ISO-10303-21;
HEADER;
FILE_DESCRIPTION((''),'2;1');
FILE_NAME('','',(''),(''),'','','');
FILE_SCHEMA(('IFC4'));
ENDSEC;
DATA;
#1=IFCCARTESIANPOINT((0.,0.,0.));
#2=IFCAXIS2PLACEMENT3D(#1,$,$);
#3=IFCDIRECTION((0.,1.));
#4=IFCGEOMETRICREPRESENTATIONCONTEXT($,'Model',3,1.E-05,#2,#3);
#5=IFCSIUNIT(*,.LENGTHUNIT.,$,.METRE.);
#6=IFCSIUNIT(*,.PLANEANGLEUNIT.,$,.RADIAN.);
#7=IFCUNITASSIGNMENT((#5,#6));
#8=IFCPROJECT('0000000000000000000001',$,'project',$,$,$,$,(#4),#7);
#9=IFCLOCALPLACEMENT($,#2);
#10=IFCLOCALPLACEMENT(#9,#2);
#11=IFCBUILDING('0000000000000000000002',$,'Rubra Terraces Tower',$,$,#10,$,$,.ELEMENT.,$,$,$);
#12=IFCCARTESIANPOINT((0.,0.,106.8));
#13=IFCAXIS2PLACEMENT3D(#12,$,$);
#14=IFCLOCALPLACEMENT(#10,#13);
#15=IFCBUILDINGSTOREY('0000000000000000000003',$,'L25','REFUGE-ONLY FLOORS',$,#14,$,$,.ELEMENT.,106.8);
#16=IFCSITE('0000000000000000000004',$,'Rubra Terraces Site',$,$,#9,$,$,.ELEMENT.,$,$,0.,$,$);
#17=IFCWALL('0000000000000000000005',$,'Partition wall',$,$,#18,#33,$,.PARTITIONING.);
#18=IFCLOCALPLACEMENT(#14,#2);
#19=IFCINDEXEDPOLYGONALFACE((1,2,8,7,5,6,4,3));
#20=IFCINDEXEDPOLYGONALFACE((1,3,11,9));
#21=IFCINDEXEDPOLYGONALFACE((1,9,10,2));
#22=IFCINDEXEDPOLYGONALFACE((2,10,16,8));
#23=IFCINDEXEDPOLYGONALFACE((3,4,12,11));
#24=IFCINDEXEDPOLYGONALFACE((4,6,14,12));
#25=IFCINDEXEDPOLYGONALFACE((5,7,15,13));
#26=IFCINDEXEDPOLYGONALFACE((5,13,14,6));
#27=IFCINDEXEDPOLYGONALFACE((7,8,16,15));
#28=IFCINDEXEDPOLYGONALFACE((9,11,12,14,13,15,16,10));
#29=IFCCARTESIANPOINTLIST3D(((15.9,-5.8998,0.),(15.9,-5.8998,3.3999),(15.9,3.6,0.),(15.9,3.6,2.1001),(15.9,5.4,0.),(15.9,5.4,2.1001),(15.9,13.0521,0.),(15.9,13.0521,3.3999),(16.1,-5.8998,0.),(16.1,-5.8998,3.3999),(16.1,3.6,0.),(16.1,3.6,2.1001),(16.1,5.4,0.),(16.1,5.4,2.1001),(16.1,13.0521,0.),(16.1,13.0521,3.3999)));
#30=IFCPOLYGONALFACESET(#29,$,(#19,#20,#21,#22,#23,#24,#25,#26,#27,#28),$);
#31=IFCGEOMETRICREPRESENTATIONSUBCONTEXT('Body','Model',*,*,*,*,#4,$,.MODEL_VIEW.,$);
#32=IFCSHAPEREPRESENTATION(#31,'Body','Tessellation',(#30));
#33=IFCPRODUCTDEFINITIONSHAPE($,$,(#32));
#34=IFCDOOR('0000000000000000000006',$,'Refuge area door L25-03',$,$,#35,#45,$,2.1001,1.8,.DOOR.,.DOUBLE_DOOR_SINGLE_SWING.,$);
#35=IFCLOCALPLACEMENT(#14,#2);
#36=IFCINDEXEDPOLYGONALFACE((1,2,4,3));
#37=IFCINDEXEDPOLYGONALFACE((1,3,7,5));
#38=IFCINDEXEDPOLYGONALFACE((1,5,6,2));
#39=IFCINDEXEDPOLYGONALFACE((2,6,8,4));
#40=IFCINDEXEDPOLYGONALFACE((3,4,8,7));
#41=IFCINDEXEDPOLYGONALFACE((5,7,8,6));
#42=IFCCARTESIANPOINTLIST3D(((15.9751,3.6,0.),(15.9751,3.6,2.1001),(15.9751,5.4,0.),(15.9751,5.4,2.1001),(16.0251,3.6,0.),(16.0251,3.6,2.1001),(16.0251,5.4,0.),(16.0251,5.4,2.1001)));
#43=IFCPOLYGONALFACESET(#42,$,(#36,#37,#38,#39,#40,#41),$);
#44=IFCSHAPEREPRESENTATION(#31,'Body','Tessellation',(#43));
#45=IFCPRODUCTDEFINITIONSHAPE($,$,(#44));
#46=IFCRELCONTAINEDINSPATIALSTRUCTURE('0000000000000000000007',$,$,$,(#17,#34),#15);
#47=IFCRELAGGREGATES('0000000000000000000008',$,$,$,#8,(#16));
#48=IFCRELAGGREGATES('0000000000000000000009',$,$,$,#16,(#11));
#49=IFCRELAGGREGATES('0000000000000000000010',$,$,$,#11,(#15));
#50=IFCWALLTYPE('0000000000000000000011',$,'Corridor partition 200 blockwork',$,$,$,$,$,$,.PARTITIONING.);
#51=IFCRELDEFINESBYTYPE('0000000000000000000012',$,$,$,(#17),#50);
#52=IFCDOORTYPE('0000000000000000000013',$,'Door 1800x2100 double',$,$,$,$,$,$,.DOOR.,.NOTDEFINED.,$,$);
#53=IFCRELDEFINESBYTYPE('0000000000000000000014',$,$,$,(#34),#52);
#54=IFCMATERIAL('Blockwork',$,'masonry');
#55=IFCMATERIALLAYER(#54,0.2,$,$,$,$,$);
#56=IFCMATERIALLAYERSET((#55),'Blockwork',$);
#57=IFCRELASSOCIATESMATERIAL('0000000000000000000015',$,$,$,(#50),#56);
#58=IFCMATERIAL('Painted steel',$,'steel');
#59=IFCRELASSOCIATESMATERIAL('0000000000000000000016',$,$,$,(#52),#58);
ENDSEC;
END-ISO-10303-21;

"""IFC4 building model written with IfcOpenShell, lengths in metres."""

from ifc_helpers import new_model, si_unit, direction, frame, frame_2d, origin, place, context, subcontext, project, spatial, rectangle, extrude, material, layer, layer_set, type_object, element, fill, save


model = new_model("IFC4")

# Units and contexts
model_context = context("Model", 3, precision=1e-05, world=origin(), true_north=direction((0.0, 1.0)))
body_context = subcontext(model_context, "Body", "Model", "MODEL_VIEW")
ifc_project = project(units=[si_unit("LENGTHUNIT", "METRE"), si_unit("PLANEANGLEUNIT", "RADIAN")], contexts=[model_context])

# Site, building, storey
site_placement = place(None, origin())
site = spatial("IfcSite", under=ifc_project, at=site_placement, Name="Rubra Terraces Site", CompositionType="ELEMENT", RefElevation=0.0)
building_placement = place(site_placement, origin())
building = spatial("IfcBuilding", under=site, at=building_placement, Name="Rubra Terraces Tower", CompositionType="ELEMENT")
storey_placement = place(building_placement, frame((0.0, 0.0, 106.8)))
storey = spatial("IfcBuildingStorey", under=building, at=storey_placement, Name="L25", Description="REFUGE-ONLY FLOORS", CompositionType="ELEMENT", Elevation=106.8)

# Shared definitions
ifc_material_1 = material(Name="Blockwork", Category="masonry")
ifc_layer_1 = layer(ifc_material_1, 0.2)
ifc_layer_set_1 = layer_set([ifc_layer_1], Name="Blockwork")
wall_type_1 = type_object("IfcWallType", Name="Corridor partition 200 blockwork", PredefinedType="PARTITIONING", material=ifc_layer_set_1)

# Wall, opening, door
wall_1_placement = place(storey_placement, frame((16.0, -5.8999, 0.0), z_axis=(0.0, 0.0, 1.0), x_axis=(0.0, 1.0, 0.0)))
wall_1 = element("IfcWall", 1, at=wall_1_placement, inside=storey, type_object=wall_type_1, Name="Partition wall", PredefinedType="PARTITIONING", context=body_context, shape_type="SweptSolid", body=[
    extrude(rectangle(XDim=18.9519, YDim=0.2, at=frame_2d((9.4761, 0.0))), origin(), (0.0, 0.0, 1.0), 3.3999),
])
opening_1_placement = place(wall_1_placement, frame((9.5, 0.0, 0.0)))
opening_1 = element("IfcOpeningElement", 2, at=opening_1_placement, cuts=wall_1, PredefinedType="OPENING", context=body_context, shape_type="SweptSolid", body=[
    extrude(rectangle(XDim=1.8, YDim=2.1001, at=frame_2d((0.8999, 1.05))), frame((0.0, 0.1099, 0.0), z_axis=(0.0, -1.0, 0.0), x_axis=(1.0, 0.0, 0.0)), (0.0, 0.0, 1.0), 0.22),
])
ifc_material_2 = material(Name="Painted steel", Category="steel")
door_type = type_object("IfcDoorType", Name="Door 1800x2100 double", OperationType="NOTDEFINED", PredefinedType="DOOR", material=ifc_material_2)
door_placement = place(opening_1_placement, origin())
door = element("IfcDoor", 3, at=door_placement, inside=storey, type_object=door_type, Name="Refuge area door L25-03", OperationType="DOUBLE_DOOR_SINGLE_SWING", OverallHeight=2.1001, OverallWidth=1.8, PredefinedType="DOOR", context=body_context, shape_type="SweptSolid", body=[
    extrude(rectangle(XDim=1.8, YDim=2.1001, at=frame_2d((0.8999, 1.05))), frame((0.0, 0.0249, 0.0), z_axis=(0.0, -1.0, 0.0), x_axis=(1.0, 0.0, 0.0)), (0.0, 0.0, 1.0), 0.05),
])
fill(opening_1, door)

save(model, "model.ifc")
